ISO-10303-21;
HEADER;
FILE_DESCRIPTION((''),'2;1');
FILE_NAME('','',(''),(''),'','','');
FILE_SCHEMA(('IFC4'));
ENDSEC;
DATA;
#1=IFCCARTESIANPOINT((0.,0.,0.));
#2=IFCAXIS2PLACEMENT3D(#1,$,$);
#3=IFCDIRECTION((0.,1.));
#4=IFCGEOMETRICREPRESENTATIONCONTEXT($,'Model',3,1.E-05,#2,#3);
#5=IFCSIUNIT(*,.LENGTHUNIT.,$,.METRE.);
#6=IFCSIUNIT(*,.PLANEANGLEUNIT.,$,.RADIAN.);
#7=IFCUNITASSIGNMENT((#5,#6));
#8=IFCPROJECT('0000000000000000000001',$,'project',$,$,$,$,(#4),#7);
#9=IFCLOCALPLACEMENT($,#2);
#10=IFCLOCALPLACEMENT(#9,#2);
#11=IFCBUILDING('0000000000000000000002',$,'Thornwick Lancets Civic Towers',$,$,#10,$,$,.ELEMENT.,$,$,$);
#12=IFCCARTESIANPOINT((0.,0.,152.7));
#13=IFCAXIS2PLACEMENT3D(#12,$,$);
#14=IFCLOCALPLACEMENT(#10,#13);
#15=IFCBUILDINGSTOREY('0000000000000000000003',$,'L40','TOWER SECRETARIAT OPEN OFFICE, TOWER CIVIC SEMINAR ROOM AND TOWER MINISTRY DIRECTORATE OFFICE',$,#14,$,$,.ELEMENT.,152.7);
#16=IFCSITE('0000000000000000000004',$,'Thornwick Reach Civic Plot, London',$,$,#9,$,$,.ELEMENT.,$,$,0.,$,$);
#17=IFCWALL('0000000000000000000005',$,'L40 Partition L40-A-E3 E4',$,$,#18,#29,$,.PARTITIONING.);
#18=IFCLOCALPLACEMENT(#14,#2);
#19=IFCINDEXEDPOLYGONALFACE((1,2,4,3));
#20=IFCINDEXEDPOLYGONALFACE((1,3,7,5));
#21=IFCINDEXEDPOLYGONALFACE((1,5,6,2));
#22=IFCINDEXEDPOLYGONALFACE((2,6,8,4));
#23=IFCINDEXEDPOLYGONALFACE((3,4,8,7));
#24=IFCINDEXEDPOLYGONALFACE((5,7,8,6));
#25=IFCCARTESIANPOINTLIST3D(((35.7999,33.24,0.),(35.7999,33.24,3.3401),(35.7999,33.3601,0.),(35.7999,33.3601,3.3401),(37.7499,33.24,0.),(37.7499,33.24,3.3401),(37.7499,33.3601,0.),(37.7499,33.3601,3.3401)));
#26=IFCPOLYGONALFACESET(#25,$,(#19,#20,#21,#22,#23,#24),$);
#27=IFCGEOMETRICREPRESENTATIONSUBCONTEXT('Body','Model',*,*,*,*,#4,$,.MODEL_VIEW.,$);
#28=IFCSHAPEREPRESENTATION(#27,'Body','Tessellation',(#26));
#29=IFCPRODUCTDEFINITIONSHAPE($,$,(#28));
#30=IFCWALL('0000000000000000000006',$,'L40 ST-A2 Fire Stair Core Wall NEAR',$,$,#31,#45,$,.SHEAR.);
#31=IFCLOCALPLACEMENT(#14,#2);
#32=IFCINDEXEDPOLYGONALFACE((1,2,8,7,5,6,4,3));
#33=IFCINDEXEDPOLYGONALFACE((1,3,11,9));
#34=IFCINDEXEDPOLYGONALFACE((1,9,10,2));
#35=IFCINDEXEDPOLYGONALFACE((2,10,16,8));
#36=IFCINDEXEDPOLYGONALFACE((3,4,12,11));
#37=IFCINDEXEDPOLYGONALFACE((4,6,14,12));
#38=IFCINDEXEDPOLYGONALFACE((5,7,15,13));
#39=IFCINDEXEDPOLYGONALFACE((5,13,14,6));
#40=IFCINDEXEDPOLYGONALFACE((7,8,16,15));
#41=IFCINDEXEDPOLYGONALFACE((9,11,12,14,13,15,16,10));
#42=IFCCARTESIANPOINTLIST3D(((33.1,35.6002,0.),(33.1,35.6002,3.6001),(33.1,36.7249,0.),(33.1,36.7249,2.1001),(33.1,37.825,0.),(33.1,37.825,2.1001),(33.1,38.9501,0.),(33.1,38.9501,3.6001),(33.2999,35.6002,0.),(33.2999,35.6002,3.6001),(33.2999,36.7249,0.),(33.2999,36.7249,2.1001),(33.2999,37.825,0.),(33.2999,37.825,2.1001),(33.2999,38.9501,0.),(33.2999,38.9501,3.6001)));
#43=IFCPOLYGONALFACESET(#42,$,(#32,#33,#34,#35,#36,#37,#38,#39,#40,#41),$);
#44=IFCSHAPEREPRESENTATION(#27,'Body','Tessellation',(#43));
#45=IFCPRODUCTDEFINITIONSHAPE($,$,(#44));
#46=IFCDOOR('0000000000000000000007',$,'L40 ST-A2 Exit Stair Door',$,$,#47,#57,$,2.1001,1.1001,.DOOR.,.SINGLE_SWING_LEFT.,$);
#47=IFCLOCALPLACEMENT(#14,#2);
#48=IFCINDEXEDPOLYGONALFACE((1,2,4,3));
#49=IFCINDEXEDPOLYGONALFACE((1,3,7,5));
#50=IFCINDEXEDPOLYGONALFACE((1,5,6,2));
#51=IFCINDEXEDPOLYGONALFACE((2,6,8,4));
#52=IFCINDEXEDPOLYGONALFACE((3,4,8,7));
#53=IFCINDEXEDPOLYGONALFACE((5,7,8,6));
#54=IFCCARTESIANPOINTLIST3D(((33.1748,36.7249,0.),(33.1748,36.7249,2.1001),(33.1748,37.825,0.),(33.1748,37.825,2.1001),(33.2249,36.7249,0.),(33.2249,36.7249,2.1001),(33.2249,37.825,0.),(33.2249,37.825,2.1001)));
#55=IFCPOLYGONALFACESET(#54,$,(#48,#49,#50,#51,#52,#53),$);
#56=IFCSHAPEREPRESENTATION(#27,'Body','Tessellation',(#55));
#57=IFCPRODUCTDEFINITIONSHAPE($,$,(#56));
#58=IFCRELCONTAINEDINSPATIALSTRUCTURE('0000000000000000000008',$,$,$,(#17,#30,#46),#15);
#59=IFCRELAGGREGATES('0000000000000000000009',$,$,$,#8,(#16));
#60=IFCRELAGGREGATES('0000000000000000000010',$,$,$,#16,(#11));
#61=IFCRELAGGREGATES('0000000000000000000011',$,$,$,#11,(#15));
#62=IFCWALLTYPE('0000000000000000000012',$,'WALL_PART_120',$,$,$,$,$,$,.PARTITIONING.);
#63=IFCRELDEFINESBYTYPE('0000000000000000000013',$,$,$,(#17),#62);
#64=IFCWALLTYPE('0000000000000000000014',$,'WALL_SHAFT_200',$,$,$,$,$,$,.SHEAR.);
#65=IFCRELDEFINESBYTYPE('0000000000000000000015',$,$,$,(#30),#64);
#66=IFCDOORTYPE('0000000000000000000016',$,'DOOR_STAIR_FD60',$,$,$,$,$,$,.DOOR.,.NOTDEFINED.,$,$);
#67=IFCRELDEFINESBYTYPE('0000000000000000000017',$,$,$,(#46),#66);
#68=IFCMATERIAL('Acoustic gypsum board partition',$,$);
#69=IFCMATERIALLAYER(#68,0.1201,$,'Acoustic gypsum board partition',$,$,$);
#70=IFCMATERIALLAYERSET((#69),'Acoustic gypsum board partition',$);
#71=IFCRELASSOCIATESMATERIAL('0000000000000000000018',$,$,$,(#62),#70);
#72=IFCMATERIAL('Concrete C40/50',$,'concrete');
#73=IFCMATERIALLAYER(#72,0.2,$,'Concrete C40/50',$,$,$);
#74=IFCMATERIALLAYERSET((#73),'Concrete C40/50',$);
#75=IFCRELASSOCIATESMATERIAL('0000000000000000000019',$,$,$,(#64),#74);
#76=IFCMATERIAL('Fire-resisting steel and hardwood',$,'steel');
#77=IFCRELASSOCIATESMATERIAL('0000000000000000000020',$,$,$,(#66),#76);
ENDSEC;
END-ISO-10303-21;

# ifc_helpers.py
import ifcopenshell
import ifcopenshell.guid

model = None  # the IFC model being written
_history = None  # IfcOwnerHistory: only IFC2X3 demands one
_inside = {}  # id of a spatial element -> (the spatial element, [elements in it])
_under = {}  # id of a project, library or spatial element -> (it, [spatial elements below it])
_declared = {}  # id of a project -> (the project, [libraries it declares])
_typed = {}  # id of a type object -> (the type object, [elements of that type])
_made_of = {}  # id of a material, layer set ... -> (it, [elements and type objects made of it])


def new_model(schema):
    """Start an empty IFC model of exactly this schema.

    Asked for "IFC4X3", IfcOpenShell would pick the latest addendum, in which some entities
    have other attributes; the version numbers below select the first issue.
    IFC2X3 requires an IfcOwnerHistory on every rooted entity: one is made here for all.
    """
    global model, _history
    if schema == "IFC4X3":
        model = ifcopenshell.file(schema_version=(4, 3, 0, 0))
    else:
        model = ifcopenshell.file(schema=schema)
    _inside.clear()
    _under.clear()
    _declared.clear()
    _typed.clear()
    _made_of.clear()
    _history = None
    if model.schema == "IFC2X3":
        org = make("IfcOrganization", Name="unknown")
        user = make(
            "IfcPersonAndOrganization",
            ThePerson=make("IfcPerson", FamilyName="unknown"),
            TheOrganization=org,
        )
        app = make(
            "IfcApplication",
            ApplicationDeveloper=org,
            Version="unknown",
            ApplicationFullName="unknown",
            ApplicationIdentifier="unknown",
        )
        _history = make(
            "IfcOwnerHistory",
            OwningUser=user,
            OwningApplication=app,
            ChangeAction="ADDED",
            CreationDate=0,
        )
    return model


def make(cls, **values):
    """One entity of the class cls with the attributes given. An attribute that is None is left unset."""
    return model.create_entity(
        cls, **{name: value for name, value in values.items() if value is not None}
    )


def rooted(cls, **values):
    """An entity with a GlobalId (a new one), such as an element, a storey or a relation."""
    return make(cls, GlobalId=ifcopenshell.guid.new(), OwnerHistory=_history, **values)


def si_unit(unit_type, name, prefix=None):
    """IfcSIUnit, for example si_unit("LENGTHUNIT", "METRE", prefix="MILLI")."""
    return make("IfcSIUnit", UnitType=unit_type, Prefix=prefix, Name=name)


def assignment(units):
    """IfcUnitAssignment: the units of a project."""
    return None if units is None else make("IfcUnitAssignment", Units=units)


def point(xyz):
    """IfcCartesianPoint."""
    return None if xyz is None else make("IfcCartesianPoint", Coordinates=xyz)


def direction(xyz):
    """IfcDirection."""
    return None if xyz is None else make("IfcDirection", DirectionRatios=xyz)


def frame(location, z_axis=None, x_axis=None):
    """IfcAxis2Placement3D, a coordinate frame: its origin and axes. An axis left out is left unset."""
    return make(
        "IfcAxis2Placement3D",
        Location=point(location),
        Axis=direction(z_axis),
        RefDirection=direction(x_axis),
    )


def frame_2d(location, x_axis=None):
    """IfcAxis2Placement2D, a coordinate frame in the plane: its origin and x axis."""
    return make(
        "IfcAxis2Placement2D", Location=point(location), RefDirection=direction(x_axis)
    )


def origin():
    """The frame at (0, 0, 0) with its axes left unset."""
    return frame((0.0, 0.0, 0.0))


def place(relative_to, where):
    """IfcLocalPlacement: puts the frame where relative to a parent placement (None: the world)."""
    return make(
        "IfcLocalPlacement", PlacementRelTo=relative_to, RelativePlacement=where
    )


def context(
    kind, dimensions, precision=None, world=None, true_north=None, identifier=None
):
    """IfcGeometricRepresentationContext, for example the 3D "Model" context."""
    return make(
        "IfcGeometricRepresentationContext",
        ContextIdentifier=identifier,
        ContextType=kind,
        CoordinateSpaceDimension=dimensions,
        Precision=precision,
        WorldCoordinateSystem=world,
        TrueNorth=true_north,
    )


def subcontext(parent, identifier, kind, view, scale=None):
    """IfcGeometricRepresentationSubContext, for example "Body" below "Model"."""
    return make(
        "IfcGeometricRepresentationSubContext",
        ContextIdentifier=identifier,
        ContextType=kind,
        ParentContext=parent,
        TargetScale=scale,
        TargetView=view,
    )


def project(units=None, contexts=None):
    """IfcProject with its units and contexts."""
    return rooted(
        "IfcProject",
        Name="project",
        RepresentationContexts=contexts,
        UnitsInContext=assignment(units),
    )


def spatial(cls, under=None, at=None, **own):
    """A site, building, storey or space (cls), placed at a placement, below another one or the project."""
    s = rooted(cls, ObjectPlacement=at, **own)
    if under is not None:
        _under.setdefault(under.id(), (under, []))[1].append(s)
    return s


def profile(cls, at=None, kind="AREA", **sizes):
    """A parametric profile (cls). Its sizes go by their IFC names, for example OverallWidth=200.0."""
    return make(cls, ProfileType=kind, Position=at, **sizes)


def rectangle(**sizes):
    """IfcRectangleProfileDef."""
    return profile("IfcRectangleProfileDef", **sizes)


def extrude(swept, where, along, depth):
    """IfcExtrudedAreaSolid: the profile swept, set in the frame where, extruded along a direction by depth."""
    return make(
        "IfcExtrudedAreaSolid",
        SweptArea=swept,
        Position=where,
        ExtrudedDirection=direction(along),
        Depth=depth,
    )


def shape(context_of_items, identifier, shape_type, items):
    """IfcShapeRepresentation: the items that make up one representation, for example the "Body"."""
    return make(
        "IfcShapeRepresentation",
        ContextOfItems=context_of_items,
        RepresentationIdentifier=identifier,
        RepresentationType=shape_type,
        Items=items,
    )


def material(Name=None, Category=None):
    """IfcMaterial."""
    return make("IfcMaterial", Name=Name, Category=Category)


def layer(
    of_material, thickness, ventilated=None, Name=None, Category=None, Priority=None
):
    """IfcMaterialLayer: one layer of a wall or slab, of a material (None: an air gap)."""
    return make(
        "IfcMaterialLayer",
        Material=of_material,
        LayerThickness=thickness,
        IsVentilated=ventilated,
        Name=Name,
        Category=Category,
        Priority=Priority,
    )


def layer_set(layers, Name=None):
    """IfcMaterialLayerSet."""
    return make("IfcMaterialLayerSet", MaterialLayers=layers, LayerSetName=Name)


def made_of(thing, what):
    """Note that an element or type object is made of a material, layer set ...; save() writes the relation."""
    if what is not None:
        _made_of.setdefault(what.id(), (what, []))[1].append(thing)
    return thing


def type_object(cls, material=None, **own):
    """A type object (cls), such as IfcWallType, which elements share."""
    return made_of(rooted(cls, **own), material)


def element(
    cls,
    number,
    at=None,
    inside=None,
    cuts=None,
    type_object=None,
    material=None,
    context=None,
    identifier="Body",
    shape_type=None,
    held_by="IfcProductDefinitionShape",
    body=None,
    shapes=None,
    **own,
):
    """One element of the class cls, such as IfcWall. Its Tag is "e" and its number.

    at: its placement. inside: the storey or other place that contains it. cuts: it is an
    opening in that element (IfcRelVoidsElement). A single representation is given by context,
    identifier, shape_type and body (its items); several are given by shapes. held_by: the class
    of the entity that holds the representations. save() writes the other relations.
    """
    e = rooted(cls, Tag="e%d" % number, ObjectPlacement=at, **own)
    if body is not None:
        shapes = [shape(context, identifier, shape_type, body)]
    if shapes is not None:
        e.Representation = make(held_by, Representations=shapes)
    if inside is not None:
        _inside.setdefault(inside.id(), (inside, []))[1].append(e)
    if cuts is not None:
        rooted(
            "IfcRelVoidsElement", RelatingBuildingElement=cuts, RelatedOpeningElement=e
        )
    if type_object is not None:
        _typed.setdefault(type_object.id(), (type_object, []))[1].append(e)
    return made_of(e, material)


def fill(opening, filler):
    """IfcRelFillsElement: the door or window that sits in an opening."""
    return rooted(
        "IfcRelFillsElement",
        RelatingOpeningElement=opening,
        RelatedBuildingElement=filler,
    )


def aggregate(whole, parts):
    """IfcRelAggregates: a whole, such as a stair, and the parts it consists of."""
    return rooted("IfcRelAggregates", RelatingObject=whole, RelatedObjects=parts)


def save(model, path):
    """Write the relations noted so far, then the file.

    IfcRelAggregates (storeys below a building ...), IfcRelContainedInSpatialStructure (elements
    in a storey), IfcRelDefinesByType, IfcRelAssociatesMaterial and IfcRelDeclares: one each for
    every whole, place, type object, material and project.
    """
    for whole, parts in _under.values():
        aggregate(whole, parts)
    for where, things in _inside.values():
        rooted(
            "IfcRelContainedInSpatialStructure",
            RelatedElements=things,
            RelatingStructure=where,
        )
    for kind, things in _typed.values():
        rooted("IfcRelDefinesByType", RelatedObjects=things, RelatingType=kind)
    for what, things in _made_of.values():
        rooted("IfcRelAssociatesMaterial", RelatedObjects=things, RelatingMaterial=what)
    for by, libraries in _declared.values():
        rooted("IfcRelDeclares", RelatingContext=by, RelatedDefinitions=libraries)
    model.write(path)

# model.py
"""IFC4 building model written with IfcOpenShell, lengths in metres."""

from ifc_helpers import new_model, si_unit, direction, frame, frame_2d, origin, place, context, subcontext, project, spatial, rectangle, extrude, material, layer, layer_set, type_object, element, fill, save


model = new_model("IFC4")

# Units and contexts
model_context = context("Model", 3, precision=1e-05, world=origin(), true_north=direction((0.0, 1.0)))
body_context = subcontext(model_context, "Body", "Model", "MODEL_VIEW")
ifc_project = project(units=[si_unit("LENGTHUNIT", "METRE"), si_unit("PLANEANGLEUNIT", "RADIAN")], contexts=[model_context])

# Site, building, storey
site_placement = place(None, origin())
site = spatial("IfcSite", under=ifc_project, at=site_placement, Name="Thornwick Reach Civic Plot, London", CompositionType="ELEMENT", RefElevation=0.0)
building_placement = place(site_placement, origin())
building = spatial("IfcBuilding", under=site, at=building_placement, Name="Thornwick Lancets Civic Towers", CompositionType="ELEMENT")
storey_placement = place(building_placement, frame((0.0, 0.0, 152.7)))
storey = spatial("IfcBuildingStorey", under=building, at=storey_placement, Name="L40", Description="TOWER SECRETARIAT OPEN OFFICE, TOWER CIVIC SEMINAR ROOM AND TOWER MINISTRY DIRECTORATE OFFICE", CompositionType="ELEMENT", Elevation=152.7)

# Wall
ifc_material_1 = material(Name="Acoustic gypsum board partition")
ifc_layer_1 = layer(ifc_material_1, 0.1201, Name="Acoustic gypsum board partition")
ifc_layer_set_1 = layer_set([ifc_layer_1], Name="Acoustic gypsum board partition")
wall_type_1 = type_object("IfcWallType", Name="WALL_PART_120", PredefinedType="PARTITIONING", material=ifc_layer_set_1)
wall_1_placement = place(storey_placement, frame((37.75, 33.3, 0.0), z_axis=(0.0, 0.0, 1.0), x_axis=(-1.0, 0.0, 0.0)))
element("IfcWall", 1, at=wall_1_placement, inside=storey, type_object=wall_type_1, Name="L40 Partition L40-A-E3 E4", PredefinedType="PARTITIONING", context=body_context, shape_type="SweptSolid", body=[
    extrude(rectangle(XDim=1.95, YDim=0.1201, at=frame_2d((0.9751, 0.0))), origin(), (0.0, 0.0, 1.0), 3.3401),
])

# Wall, opening, door
ifc_material_2 = material(Name="Concrete C40/50", Category="concrete")
ifc_layer_2 = layer(ifc_material_2, 0.2, Name="Concrete C40/50")
ifc_layer_set_2 = layer_set([ifc_layer_2], Name="Concrete C40/50")
wall_type_2 = type_object("IfcWallType", Name="WALL_SHAFT_200", PredefinedType="SHEAR", material=ifc_layer_set_2)
wall_2_placement = place(storey_placement, frame((33.2, 38.95, 0.0), z_axis=(0.0, 0.0, 1.0), x_axis=(0.0, -1.0, 0.0)))
wall_2 = element("IfcWall", 2, at=wall_2_placement, inside=storey, type_object=wall_type_2, Name="L40 ST-A2 Fire Stair Core Wall NEAR", PredefinedType="SHEAR", context=body_context, shape_type="SweptSolid", body=[
    extrude(rectangle(XDim=3.3499, YDim=0.2, at=frame_2d((1.6748, 0.0))), origin(), (0.0, 0.0, 1.0), 3.6001),
])
opening_1_placement = place(wall_2_placement, frame((1.125, 0.0, 0.0)))
opening_1 = element("IfcOpeningElement", 3, at=opening_1_placement, cuts=wall_2, PredefinedType="OPENING", context=body_context, shape_type="SweptSolid", body=[
    extrude(rectangle(XDim=1.1001, YDim=2.1001, at=frame_2d((0.55, 1.05))), frame((0.0, 0.1099, 0.0), z_axis=(0.0, -1.0, 0.0), x_axis=(1.0, 0.0, 0.0)), (0.0, 0.0, 1.0), 0.22),
])
ifc_material_3 = material(Name="Fire-resisting steel and hardwood", Category="steel")
door_type_1 = type_object("IfcDoorType", Name="DOOR_STAIR_FD60", OperationType="NOTDEFINED", PredefinedType="DOOR", material=ifc_material_3)
door_1_placement = place(opening_1_placement, origin())
door_1 = element("IfcDoor", 4, at=door_1_placement, inside=storey, type_object=door_type_1, Name="L40 ST-A2 Exit Stair Door", OperationType="SINGLE_SWING_LEFT", OverallHeight=2.1001, OverallWidth=1.1001, PredefinedType="DOOR", context=body_context, shape_type="SweptSolid", body=[
    extrude(rectangle(XDim=1.1001, YDim=2.1001, at=frame_2d((0.55, 1.05))), frame((0.0, 0.0249, 0.0), z_axis=(0.0, -1.0, 0.0), x_axis=(1.0, 0.0, 0.0)), (0.0, 0.0, 1.0), 0.05),
])
fill(opening_1, door_1)

save(model, "model.ifc")
